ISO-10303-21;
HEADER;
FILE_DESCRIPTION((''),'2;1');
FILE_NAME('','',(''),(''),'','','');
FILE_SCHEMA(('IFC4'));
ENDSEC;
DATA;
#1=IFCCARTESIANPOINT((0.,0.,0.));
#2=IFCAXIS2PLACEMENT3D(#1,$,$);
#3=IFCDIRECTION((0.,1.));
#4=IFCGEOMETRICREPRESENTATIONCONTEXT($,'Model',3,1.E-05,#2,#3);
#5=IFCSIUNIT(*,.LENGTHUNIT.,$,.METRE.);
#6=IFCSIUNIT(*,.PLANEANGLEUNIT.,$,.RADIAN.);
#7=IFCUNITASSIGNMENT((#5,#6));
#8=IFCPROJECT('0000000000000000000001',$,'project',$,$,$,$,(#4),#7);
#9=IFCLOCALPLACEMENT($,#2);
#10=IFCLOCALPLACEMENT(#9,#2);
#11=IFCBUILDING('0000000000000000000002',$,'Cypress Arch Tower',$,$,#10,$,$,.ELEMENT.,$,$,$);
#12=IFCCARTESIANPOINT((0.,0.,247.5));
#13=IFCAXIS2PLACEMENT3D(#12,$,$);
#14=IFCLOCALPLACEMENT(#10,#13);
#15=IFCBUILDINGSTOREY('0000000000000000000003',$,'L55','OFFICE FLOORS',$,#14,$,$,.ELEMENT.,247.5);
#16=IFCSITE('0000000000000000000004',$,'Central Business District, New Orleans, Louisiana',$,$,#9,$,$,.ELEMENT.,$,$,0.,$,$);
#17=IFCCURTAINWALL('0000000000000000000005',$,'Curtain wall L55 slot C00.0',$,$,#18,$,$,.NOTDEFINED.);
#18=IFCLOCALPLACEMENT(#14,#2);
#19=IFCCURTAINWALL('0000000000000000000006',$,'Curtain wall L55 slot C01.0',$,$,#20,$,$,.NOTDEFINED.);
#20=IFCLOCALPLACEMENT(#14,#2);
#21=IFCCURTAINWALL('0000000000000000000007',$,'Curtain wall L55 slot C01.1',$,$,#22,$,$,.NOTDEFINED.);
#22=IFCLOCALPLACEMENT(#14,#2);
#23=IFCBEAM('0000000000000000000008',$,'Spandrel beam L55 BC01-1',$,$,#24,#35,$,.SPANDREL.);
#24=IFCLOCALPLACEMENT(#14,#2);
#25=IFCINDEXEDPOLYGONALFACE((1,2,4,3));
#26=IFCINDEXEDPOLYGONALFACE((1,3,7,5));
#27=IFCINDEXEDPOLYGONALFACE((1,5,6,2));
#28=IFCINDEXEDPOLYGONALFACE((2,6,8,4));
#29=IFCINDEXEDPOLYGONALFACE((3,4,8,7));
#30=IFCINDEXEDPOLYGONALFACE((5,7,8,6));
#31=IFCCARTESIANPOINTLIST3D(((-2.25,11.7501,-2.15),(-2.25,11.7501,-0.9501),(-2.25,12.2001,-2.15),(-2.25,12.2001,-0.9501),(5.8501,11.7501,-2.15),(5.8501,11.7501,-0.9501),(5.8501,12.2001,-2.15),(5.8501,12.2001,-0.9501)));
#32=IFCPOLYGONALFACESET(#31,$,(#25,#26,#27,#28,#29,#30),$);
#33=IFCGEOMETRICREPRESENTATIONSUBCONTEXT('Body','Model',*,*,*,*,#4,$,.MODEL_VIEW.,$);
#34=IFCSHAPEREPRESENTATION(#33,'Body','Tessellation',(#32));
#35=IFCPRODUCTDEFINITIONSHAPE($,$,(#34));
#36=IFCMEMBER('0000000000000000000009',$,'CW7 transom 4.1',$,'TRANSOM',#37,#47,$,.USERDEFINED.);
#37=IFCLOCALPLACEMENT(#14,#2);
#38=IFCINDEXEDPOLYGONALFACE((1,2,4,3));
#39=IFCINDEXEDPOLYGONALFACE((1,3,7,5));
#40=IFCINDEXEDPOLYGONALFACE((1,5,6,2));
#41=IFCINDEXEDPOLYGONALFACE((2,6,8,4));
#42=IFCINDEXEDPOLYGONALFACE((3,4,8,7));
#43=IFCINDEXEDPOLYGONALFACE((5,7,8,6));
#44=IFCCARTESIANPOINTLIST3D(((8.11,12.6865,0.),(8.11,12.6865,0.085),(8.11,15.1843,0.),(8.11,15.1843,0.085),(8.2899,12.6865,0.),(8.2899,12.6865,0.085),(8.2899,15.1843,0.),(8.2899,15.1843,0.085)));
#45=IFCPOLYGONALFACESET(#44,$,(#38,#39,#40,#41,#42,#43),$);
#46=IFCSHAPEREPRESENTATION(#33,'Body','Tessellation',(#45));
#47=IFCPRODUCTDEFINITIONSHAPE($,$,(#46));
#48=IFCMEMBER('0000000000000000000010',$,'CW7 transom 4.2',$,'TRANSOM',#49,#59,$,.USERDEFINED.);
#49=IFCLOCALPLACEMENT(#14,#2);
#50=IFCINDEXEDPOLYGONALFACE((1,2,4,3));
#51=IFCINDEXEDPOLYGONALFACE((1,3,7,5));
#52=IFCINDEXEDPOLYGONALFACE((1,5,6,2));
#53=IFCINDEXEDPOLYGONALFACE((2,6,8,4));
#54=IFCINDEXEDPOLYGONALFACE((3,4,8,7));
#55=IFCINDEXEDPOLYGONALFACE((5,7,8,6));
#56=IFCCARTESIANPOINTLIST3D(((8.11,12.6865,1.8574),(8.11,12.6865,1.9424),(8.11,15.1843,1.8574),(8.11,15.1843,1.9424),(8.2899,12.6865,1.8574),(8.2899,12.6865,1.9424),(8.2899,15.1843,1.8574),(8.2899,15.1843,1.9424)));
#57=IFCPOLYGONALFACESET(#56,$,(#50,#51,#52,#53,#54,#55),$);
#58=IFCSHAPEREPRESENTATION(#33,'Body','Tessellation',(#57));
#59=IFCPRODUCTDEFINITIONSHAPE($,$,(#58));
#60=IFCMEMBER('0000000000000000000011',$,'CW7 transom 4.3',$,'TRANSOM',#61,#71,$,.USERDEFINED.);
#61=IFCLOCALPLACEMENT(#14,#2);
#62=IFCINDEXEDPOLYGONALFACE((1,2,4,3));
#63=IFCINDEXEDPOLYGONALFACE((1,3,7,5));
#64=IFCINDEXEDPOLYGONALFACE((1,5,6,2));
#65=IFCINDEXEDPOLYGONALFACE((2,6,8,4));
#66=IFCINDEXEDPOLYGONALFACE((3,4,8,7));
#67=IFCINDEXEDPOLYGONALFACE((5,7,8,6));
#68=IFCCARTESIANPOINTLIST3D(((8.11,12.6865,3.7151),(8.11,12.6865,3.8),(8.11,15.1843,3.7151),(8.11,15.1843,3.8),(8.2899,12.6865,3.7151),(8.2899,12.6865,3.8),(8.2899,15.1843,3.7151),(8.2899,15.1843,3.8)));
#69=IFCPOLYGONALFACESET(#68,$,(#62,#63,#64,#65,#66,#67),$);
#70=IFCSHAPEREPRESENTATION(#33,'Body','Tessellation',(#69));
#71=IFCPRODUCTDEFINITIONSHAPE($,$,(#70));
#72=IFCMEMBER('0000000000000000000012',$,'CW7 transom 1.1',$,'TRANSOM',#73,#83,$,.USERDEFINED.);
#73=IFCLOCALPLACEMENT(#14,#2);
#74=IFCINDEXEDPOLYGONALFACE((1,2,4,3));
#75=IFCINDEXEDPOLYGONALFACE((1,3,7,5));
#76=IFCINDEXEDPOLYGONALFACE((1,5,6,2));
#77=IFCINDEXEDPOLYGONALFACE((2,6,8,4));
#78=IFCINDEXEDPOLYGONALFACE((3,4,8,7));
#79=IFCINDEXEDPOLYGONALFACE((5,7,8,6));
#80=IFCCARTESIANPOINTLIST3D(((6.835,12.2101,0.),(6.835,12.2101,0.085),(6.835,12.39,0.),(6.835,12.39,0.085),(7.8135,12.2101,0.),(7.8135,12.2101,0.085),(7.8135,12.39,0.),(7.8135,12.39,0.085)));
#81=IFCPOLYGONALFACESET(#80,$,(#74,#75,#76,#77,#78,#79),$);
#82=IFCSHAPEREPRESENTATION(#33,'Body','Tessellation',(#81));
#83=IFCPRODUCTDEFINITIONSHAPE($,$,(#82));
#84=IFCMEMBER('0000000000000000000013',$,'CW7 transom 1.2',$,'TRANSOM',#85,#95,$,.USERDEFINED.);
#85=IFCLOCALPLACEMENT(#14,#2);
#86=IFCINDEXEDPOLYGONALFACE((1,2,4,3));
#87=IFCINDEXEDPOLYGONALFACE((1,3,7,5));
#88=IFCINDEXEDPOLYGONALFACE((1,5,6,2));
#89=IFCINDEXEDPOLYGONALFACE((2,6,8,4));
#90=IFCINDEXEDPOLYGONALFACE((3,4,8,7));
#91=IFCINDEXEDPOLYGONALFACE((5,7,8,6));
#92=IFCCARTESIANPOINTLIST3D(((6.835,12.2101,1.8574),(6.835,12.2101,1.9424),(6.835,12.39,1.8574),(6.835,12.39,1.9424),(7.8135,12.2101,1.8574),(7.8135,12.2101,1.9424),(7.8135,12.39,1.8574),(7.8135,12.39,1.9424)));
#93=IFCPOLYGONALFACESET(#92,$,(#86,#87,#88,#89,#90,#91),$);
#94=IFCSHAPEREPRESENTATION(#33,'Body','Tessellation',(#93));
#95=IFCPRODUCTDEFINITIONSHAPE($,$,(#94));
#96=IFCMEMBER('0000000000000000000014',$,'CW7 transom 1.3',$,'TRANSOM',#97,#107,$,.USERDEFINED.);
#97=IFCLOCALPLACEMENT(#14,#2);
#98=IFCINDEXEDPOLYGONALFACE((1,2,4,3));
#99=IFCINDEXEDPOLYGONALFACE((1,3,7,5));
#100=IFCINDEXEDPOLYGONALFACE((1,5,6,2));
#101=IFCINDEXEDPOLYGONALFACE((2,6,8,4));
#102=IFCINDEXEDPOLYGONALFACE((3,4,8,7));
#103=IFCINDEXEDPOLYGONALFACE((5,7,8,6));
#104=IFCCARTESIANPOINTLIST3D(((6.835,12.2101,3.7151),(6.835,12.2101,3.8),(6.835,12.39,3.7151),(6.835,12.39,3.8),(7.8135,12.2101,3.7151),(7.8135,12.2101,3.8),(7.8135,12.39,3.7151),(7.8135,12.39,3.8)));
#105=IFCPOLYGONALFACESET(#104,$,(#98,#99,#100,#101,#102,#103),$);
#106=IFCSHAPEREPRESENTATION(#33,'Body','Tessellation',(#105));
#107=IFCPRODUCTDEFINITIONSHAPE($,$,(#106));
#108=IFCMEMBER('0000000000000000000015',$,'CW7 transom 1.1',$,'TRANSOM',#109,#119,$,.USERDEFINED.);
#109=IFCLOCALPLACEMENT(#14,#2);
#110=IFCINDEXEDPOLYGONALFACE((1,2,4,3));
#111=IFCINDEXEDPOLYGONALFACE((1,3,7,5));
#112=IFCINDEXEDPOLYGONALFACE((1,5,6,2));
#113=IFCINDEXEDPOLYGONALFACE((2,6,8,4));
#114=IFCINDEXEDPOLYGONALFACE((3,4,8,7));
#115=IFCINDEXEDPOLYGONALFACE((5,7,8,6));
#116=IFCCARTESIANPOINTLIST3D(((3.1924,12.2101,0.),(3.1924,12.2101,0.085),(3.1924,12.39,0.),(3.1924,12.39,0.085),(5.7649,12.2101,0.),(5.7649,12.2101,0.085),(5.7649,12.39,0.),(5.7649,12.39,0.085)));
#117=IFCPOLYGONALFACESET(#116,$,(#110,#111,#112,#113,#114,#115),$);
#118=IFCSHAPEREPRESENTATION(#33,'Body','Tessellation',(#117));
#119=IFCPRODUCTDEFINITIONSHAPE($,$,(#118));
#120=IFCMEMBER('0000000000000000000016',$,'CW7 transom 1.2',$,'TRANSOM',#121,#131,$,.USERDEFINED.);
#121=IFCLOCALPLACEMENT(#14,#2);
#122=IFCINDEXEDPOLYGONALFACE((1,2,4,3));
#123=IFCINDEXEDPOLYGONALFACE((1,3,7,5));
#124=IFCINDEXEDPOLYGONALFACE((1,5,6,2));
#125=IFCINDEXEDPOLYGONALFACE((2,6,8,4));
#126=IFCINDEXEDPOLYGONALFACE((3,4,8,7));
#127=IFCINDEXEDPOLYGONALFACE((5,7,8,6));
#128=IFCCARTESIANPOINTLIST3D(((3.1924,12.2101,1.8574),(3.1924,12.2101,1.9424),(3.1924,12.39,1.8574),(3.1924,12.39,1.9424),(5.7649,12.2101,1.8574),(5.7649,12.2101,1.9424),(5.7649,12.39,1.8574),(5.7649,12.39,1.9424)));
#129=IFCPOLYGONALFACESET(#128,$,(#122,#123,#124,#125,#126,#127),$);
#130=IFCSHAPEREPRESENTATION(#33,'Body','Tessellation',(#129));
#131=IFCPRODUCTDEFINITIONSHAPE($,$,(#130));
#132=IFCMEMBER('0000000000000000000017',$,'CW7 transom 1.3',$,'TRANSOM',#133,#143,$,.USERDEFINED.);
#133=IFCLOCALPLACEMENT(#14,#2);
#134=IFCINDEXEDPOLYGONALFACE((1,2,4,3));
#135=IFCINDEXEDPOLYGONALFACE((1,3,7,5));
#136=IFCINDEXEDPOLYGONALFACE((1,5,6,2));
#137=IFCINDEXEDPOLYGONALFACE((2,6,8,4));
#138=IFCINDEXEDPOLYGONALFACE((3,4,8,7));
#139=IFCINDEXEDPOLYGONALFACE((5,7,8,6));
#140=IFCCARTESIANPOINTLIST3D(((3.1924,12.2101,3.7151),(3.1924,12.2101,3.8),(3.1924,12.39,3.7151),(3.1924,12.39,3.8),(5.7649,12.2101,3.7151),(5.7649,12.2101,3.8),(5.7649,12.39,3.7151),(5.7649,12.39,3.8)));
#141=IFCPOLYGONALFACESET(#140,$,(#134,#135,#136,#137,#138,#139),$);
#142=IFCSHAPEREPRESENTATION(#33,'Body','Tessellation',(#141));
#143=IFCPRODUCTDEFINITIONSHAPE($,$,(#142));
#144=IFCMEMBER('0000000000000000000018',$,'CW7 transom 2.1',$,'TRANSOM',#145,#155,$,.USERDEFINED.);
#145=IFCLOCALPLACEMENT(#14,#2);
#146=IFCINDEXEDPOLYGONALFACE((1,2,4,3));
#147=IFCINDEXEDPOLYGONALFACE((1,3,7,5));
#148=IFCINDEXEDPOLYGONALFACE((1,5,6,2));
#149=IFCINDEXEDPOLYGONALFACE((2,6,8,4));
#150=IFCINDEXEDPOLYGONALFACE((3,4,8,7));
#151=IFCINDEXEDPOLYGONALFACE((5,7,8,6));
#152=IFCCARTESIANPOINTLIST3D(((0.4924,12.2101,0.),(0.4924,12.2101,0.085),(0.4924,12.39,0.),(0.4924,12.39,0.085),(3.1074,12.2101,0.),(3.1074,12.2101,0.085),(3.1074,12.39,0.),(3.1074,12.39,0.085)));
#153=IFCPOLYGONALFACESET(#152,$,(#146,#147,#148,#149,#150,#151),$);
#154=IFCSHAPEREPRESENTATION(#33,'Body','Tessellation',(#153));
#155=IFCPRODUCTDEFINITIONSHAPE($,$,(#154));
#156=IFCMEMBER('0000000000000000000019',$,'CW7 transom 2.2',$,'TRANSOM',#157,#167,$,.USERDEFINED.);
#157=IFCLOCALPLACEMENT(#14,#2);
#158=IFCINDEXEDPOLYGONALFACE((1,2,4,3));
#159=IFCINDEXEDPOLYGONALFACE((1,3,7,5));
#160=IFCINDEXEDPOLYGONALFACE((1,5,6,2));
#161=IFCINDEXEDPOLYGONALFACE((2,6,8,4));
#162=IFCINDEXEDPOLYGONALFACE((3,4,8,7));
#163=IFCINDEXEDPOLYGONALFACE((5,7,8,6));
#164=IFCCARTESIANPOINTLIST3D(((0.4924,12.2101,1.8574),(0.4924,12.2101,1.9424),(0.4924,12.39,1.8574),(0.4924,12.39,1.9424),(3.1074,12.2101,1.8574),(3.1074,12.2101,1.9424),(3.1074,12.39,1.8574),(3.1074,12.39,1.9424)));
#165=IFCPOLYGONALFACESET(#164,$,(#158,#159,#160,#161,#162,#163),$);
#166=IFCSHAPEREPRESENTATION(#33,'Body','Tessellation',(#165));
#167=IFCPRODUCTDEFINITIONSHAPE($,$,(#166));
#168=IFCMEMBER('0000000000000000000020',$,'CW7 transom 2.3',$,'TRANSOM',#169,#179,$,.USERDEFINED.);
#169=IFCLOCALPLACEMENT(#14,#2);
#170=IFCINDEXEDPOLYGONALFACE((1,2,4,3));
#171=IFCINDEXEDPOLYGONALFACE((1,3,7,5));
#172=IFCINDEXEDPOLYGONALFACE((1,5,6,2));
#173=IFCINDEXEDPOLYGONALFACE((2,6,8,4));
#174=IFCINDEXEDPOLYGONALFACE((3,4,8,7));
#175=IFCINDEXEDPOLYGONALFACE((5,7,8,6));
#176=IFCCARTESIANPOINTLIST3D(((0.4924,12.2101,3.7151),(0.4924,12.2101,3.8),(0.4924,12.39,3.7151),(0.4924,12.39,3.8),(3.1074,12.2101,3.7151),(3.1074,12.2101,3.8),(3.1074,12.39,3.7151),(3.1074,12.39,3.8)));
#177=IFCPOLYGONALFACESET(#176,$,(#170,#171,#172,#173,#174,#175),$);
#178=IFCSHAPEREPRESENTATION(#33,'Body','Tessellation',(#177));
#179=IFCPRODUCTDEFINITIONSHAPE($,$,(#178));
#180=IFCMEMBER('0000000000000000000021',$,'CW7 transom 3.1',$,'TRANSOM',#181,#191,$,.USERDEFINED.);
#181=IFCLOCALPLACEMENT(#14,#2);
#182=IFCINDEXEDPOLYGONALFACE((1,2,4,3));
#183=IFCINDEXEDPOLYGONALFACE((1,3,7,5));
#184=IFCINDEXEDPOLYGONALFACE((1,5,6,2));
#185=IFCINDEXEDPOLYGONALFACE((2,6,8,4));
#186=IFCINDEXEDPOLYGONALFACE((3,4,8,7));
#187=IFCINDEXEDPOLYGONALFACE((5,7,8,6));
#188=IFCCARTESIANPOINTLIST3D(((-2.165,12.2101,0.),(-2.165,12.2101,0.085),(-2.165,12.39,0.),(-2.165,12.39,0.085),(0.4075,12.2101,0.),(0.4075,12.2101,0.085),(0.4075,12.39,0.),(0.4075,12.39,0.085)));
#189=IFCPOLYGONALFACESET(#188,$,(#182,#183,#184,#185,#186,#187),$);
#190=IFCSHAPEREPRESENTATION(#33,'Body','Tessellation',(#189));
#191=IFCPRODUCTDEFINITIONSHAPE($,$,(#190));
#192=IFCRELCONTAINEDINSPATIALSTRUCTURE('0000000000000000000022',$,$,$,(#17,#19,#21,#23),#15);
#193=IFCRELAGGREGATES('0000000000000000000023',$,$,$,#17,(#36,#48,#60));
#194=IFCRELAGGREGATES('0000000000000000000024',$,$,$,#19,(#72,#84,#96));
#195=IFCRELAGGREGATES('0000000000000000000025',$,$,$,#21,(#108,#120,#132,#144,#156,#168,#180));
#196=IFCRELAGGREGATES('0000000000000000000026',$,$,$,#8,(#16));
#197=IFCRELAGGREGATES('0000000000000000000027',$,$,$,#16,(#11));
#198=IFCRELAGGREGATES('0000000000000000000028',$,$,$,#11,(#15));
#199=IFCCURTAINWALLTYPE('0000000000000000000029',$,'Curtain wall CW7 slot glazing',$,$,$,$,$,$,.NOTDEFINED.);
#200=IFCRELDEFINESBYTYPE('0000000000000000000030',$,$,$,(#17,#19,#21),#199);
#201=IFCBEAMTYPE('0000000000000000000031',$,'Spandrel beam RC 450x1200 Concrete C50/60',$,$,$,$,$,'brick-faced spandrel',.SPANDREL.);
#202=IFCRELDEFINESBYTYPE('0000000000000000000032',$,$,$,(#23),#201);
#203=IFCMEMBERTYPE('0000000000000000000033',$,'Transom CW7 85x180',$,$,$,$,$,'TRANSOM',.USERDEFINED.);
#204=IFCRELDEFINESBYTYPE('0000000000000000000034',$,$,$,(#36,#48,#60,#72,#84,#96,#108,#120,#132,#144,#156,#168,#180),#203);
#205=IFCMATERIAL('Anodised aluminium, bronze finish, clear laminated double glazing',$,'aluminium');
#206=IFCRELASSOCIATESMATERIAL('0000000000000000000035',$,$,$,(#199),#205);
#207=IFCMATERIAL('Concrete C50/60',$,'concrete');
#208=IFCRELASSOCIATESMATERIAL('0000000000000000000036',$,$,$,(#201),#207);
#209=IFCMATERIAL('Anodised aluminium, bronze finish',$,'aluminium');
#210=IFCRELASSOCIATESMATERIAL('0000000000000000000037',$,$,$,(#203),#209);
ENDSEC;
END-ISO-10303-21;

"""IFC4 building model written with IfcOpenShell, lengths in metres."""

from ifc_helpers import new_model, si_unit, direction, frame, origin, origin_2d, place, context, subcontext, project, spatial, rectangle, extrude, material, material_profile, profile_set, type_object, element, aggregate, save


model = new_model("IFC4")

# Units and contexts
model_context = context("Model", 3, precision=1e-05, world=origin(), true_north=direction((0.0, 1.0)))
body_context = subcontext(model_context, "Body", "Model", "MODEL_VIEW")
ifc_project = project(units=[si_unit("LENGTHUNIT", "METRE"), si_unit("PLANEANGLEUNIT", "RADIAN")], contexts=[model_context])

# Site, building, storey
site_placement = place(None, origin())
site = spatial("IfcSite", under=ifc_project, at=site_placement, Name="Central Business District, New Orleans, Louisiana", CompositionType="ELEMENT", RefElevation=0.0)
building_placement = place(site_placement, origin())
building = spatial("IfcBuilding", under=site, at=building_placement, Name="Cypress Arch Tower", CompositionType="ELEMENT")
storey_placement = place(building_placement, frame((0.0, 0.0, 247.5)))
storey = spatial("IfcBuildingStorey", under=building, at=storey_placement, Name="L55", Description="OFFICE FLOORS", CompositionType="ELEMENT", Elevation=247.5)

# Curtain walls
ifc_material_1 = material(Name="Anodised aluminium, bronze finish, clear laminated double glazing", Category="aluminium")
curtain_wall_type = type_object("IfcCurtainWallType", Name="Curtain wall CW7 slot glazing", PredefinedType="NOTDEFINED", material=ifc_material_1)
curtain_wall_1_placement = place(storey_placement, origin())
curtain_wall_1 = element("IfcCurtainWall", 1, at=curtain_wall_1_placement, inside=storey, type_object=curtain_wall_type, Name="Curtain wall L55 slot C00.0", PredefinedType="NOTDEFINED")
curtain_wall_2_placement = place(storey_placement, origin())
curtain_wall_2 = element("IfcCurtainWall", 2, at=curtain_wall_2_placement, inside=storey, type_object=curtain_wall_type, Name="Curtain wall L55 slot C01.0", PredefinedType="NOTDEFINED")
curtain_wall_3_placement = place(storey_placement, origin())
curtain_wall_3 = element("IfcCurtainWall", 3, at=curtain_wall_3_placement, inside=storey, type_object=curtain_wall_type, Name="Curtain wall L55 slot C01.1", PredefinedType="NOTDEFINED")

# Beam
ifc_material_2 = material(Name="Concrete C50/60", Category="concrete")
ifc_material_profile_1 = material_profile(ifc_material_2, rectangle(XDim=0.45, YDim=1.2, at=origin_2d()), Name="RC 450x1200")
ifc_profile_set_1 = profile_set([ifc_material_profile_1], Name="Concrete C50/60")
beam_type_1 = type_object("IfcBeamType", Name="Spandrel beam RC 450x1200 Concrete C50/60", ElementType="brick-faced spandrel", PredefinedType="SPANDREL", material=ifc_profile_set_1)
beam_1_placement = place(storey_placement, frame((5.8501, 11.9751, -1.55), z_axis=(-1.0, 0.0, 0.0), x_axis=(0.0, -1.0, 0.0)))
element("IfcBeam", 4, at=beam_1_placement, inside=storey, type_object=beam_type_1, Name="Spandrel beam L55 BC01-1", PredefinedType="SPANDREL", context=body_context, shape_type="SweptSolid", body=[
    extrude(rectangle(XDim=0.45, YDim=1.2, at=origin_2d()), origin(), (0.0, 0.0, 1.0), 8.1001),
])

# Members
ifc_material_3 = material(Name="Anodised aluminium, bronze finish", Category="aluminium")
ifc_material_profile_2 = material_profile(ifc_material_3, rectangle(XDim=0.1799, YDim=0.085, at=origin_2d()), Name="Transom 85x180")
ifc_profile_set_2 = profile_set([ifc_material_profile_2], Name="Anodised aluminium, bronze finish")
member_type_1 = type_object("IfcMemberType", Name="Transom CW7 85x180", ElementType="TRANSOM", PredefinedType="USERDEFINED", material=ifc_profile_set_2)
member_1_placement = place(storey_placement, frame((8.2, 15.1843, 0.0425), z_axis=(0.0, -1.0, 0.0), x_axis=(1.0, 0.0, 0.0)))
member_1 = element("IfcMember", 5, at=member_1_placement, type_object=member_type_1, Name="CW7 transom 4.1", ObjectType="TRANSOM", PredefinedType="USERDEFINED", context=body_context, shape_type="SweptSolid", body=[
    extrude(rectangle(XDim=0.1799, YDim=0.085, at=origin_2d()), origin(), (0.0, 0.0, 1.0), 2.4978),
])
member_2_placement = place(storey_placement, frame((8.2, 15.1843, 1.8999), z_axis=(0.0, -1.0, 0.0), x_axis=(1.0, 0.0, 0.0)))
member_2 = element("IfcMember", 6, at=member_2_placement, type_object=member_type_1, Name="CW7 transom 4.2", ObjectType="TRANSOM", PredefinedType="USERDEFINED", context=body_context, shape_type="SweptSolid", body=[
    extrude(rectangle(XDim=0.1799, YDim=0.085, at=origin_2d()), origin(), (0.0, 0.0, 1.0), 2.4978),
])
member_3_placement = place(storey_placement, frame((8.2, 15.1843, 3.7576), z_axis=(0.0, -1.0, 0.0), x_axis=(1.0, 0.0, 0.0)))
member_3 = element("IfcMember", 7, at=member_3_placement, type_object=member_type_1, Name="CW7 transom 4.3", ObjectType="TRANSOM", PredefinedType="USERDEFINED", context=body_context, shape_type="SweptSolid", body=[
    extrude(rectangle(XDim=0.1799, YDim=0.085, at=origin_2d()), origin(), (0.0, 0.0, 1.0), 2.4978),
])
member_4_placement = place(storey_placement, frame((7.8135, 12.3, 0.0425), z_axis=(-1.0, 0.0, 0.0), x_axis=(0.0, -1.0, 0.0)))
member_4 = element("IfcMember", 8, at=member_4_placement, type_object=member_type_1, Name="CW7 transom 1.1", ObjectType="TRANSOM", PredefinedType="USERDEFINED", context=body_context, shape_type="SweptSolid", body=[
    extrude(rectangle(XDim=0.1799, YDim=0.085, at=origin_2d()), origin(), (0.0, 0.0, 1.0), 0.9785),
])
member_5_placement = place(storey_placement, frame((7.8135, 12.3, 1.8999), z_axis=(-1.0, 0.0, 0.0), x_axis=(0.0, -1.0, 0.0)))
member_5 = element("IfcMember", 9, at=member_5_placement, type_object=member_type_1, Name="CW7 transom 1.2", ObjectType="TRANSOM", PredefinedType="USERDEFINED", context=body_context, shape_type="SweptSolid", body=[
    extrude(rectangle(XDim=0.1799, YDim=0.085, at=origin_2d()), origin(), (0.0, 0.0, 1.0), 0.9785),
])
member_6_placement = place(storey_placement, frame((7.8135, 12.3, 3.7576), z_axis=(-1.0, 0.0, 0.0), x_axis=(0.0, -1.0, 0.0)))
member_6 = element("IfcMember", 10, at=member_6_placement, type_object=member_type_1, Name="CW7 transom 1.3", ObjectType="TRANSOM", PredefinedType="USERDEFINED", context=body_context, shape_type="SweptSolid", body=[
    extrude(rectangle(XDim=0.1799, YDim=0.085, at=origin_2d()), origin(), (0.0, 0.0, 1.0), 0.9785),
])
member_7_placement = place(storey_placement, frame((5.7649, 12.3, 0.0425), z_axis=(-1.0, 0.0, 0.0), x_axis=(0.0, -1.0, 0.0)))
member_7 = element("IfcMember", 11, at=member_7_placement, type_object=member_type_1, Name="CW7 transom 1.1", ObjectType="TRANSOM", PredefinedType="USERDEFINED", context=body_context, shape_type="SweptSolid", body=[
    extrude(rectangle(XDim=0.1799, YDim=0.085, at=origin_2d()), origin(), (0.0, 0.0, 1.0), 2.5725),
])
member_8_placement = place(storey_placement, frame((5.7649, 12.3, 1.8999), z_axis=(-1.0, 0.0, 0.0), x_axis=(0.0, -1.0, 0.0)))
member_8 = element("IfcMember", 12, at=member_8_placement, type_object=member_type_1, Name="CW7 transom 1.2", ObjectType="TRANSOM", PredefinedType="USERDEFINED", context=body_context, shape_type="SweptSolid", body=[
    extrude(rectangle(XDim=0.1799, YDim=0.085, at=origin_2d()), origin(), (0.0, 0.0, 1.0), 2.5725),
])
member_9_placement = place(storey_placement, frame((5.7649, 12.3, 3.7576), z_axis=(-1.0, 0.0, 0.0), x_axis=(0.0, -1.0, 0.0)))
member_9 = element("IfcMember", 13, at=member_9_placement, type_object=member_type_1, Name="CW7 transom 1.3", ObjectType="TRANSOM", PredefinedType="USERDEFINED", context=body_context, shape_type="SweptSolid", body=[
    extrude(rectangle(XDim=0.1799, YDim=0.085, at=origin_2d()), origin(), (0.0, 0.0, 1.0), 2.5725),
])
member_10_placement = place(storey_placement, frame((3.1074, 12.3, 0.0425), z_axis=(-1.0, 0.0, 0.0), x_axis=(0.0, -1.0, 0.0)))
member_10 = element("IfcMember", 14, at=member_10_placement, type_object=member_type_1, Name="CW7 transom 2.1", ObjectType="TRANSOM", PredefinedType="USERDEFINED", context=body_context, shape_type="SweptSolid", body=[
    extrude(rectangle(XDim=0.1799, YDim=0.085, at=origin_2d()), origin(), (0.0, 0.0, 1.0), 2.615),
])
member_11_placement = place(storey_placement, frame((3.1074, 12.3, 1.8999), z_axis=(-1.0, 0.0, 0.0), x_axis=(0.0, -1.0, 0.0)))
member_11 = element("IfcMember", 15, at=member_11_placement, type_object=member_type_1, Name="CW7 transom 2.2", ObjectType="TRANSOM", PredefinedType="USERDEFINED", context=body_context, shape_type="SweptSolid", body=[
    extrude(rectangle(XDim=0.1799, YDim=0.085, at=origin_2d()), origin(), (0.0, 0.0, 1.0), 2.615),
])
member_12_placement = place(storey_placement, frame((3.1074, 12.3, 3.7576), z_axis=(-1.0, 0.0, 0.0), x_axis=(0.0, -1.0, 0.0)))
member_12 = element("IfcMember", 16, at=member_12_placement, type_object=member_type_1, Name="CW7 transom 2.3", ObjectType="TRANSOM", PredefinedType="USERDEFINED", context=body_context, shape_type="SweptSolid", body=[
    extrude(rectangle(XDim=0.1799, YDim=0.085, at=origin_2d()), origin(), (0.0, 0.0, 1.0), 2.615),
])
member_13_placement = place(storey_placement, frame((0.4075, 12.3, 0.0425), z_axis=(-1.0, 0.0, 0.0), x_axis=(0.0, -1.0, 0.0)))
member_13 = element("IfcMember", 17, at=member_13_placement, type_object=member_type_1, Name="CW7 transom 3.1", ObjectType="TRANSOM", PredefinedType="USERDEFINED", context=body_context, shape_type="SweptSolid", body=[
    extrude(rectangle(XDim=0.1799, YDim=0.085, at=origin_2d()), origin(), (0.0, 0.0, 1.0), 2.5725),
])

aggregate(curtain_wall_1, [member_1, member_2, member_3])
aggregate(curtain_wall_2, [member_4, member_5, member_6])
aggregate(curtain_wall_3, [member_7, member_8, member_9, member_10, member_11, member_12, member_13])

save(model, "model.ifc")
